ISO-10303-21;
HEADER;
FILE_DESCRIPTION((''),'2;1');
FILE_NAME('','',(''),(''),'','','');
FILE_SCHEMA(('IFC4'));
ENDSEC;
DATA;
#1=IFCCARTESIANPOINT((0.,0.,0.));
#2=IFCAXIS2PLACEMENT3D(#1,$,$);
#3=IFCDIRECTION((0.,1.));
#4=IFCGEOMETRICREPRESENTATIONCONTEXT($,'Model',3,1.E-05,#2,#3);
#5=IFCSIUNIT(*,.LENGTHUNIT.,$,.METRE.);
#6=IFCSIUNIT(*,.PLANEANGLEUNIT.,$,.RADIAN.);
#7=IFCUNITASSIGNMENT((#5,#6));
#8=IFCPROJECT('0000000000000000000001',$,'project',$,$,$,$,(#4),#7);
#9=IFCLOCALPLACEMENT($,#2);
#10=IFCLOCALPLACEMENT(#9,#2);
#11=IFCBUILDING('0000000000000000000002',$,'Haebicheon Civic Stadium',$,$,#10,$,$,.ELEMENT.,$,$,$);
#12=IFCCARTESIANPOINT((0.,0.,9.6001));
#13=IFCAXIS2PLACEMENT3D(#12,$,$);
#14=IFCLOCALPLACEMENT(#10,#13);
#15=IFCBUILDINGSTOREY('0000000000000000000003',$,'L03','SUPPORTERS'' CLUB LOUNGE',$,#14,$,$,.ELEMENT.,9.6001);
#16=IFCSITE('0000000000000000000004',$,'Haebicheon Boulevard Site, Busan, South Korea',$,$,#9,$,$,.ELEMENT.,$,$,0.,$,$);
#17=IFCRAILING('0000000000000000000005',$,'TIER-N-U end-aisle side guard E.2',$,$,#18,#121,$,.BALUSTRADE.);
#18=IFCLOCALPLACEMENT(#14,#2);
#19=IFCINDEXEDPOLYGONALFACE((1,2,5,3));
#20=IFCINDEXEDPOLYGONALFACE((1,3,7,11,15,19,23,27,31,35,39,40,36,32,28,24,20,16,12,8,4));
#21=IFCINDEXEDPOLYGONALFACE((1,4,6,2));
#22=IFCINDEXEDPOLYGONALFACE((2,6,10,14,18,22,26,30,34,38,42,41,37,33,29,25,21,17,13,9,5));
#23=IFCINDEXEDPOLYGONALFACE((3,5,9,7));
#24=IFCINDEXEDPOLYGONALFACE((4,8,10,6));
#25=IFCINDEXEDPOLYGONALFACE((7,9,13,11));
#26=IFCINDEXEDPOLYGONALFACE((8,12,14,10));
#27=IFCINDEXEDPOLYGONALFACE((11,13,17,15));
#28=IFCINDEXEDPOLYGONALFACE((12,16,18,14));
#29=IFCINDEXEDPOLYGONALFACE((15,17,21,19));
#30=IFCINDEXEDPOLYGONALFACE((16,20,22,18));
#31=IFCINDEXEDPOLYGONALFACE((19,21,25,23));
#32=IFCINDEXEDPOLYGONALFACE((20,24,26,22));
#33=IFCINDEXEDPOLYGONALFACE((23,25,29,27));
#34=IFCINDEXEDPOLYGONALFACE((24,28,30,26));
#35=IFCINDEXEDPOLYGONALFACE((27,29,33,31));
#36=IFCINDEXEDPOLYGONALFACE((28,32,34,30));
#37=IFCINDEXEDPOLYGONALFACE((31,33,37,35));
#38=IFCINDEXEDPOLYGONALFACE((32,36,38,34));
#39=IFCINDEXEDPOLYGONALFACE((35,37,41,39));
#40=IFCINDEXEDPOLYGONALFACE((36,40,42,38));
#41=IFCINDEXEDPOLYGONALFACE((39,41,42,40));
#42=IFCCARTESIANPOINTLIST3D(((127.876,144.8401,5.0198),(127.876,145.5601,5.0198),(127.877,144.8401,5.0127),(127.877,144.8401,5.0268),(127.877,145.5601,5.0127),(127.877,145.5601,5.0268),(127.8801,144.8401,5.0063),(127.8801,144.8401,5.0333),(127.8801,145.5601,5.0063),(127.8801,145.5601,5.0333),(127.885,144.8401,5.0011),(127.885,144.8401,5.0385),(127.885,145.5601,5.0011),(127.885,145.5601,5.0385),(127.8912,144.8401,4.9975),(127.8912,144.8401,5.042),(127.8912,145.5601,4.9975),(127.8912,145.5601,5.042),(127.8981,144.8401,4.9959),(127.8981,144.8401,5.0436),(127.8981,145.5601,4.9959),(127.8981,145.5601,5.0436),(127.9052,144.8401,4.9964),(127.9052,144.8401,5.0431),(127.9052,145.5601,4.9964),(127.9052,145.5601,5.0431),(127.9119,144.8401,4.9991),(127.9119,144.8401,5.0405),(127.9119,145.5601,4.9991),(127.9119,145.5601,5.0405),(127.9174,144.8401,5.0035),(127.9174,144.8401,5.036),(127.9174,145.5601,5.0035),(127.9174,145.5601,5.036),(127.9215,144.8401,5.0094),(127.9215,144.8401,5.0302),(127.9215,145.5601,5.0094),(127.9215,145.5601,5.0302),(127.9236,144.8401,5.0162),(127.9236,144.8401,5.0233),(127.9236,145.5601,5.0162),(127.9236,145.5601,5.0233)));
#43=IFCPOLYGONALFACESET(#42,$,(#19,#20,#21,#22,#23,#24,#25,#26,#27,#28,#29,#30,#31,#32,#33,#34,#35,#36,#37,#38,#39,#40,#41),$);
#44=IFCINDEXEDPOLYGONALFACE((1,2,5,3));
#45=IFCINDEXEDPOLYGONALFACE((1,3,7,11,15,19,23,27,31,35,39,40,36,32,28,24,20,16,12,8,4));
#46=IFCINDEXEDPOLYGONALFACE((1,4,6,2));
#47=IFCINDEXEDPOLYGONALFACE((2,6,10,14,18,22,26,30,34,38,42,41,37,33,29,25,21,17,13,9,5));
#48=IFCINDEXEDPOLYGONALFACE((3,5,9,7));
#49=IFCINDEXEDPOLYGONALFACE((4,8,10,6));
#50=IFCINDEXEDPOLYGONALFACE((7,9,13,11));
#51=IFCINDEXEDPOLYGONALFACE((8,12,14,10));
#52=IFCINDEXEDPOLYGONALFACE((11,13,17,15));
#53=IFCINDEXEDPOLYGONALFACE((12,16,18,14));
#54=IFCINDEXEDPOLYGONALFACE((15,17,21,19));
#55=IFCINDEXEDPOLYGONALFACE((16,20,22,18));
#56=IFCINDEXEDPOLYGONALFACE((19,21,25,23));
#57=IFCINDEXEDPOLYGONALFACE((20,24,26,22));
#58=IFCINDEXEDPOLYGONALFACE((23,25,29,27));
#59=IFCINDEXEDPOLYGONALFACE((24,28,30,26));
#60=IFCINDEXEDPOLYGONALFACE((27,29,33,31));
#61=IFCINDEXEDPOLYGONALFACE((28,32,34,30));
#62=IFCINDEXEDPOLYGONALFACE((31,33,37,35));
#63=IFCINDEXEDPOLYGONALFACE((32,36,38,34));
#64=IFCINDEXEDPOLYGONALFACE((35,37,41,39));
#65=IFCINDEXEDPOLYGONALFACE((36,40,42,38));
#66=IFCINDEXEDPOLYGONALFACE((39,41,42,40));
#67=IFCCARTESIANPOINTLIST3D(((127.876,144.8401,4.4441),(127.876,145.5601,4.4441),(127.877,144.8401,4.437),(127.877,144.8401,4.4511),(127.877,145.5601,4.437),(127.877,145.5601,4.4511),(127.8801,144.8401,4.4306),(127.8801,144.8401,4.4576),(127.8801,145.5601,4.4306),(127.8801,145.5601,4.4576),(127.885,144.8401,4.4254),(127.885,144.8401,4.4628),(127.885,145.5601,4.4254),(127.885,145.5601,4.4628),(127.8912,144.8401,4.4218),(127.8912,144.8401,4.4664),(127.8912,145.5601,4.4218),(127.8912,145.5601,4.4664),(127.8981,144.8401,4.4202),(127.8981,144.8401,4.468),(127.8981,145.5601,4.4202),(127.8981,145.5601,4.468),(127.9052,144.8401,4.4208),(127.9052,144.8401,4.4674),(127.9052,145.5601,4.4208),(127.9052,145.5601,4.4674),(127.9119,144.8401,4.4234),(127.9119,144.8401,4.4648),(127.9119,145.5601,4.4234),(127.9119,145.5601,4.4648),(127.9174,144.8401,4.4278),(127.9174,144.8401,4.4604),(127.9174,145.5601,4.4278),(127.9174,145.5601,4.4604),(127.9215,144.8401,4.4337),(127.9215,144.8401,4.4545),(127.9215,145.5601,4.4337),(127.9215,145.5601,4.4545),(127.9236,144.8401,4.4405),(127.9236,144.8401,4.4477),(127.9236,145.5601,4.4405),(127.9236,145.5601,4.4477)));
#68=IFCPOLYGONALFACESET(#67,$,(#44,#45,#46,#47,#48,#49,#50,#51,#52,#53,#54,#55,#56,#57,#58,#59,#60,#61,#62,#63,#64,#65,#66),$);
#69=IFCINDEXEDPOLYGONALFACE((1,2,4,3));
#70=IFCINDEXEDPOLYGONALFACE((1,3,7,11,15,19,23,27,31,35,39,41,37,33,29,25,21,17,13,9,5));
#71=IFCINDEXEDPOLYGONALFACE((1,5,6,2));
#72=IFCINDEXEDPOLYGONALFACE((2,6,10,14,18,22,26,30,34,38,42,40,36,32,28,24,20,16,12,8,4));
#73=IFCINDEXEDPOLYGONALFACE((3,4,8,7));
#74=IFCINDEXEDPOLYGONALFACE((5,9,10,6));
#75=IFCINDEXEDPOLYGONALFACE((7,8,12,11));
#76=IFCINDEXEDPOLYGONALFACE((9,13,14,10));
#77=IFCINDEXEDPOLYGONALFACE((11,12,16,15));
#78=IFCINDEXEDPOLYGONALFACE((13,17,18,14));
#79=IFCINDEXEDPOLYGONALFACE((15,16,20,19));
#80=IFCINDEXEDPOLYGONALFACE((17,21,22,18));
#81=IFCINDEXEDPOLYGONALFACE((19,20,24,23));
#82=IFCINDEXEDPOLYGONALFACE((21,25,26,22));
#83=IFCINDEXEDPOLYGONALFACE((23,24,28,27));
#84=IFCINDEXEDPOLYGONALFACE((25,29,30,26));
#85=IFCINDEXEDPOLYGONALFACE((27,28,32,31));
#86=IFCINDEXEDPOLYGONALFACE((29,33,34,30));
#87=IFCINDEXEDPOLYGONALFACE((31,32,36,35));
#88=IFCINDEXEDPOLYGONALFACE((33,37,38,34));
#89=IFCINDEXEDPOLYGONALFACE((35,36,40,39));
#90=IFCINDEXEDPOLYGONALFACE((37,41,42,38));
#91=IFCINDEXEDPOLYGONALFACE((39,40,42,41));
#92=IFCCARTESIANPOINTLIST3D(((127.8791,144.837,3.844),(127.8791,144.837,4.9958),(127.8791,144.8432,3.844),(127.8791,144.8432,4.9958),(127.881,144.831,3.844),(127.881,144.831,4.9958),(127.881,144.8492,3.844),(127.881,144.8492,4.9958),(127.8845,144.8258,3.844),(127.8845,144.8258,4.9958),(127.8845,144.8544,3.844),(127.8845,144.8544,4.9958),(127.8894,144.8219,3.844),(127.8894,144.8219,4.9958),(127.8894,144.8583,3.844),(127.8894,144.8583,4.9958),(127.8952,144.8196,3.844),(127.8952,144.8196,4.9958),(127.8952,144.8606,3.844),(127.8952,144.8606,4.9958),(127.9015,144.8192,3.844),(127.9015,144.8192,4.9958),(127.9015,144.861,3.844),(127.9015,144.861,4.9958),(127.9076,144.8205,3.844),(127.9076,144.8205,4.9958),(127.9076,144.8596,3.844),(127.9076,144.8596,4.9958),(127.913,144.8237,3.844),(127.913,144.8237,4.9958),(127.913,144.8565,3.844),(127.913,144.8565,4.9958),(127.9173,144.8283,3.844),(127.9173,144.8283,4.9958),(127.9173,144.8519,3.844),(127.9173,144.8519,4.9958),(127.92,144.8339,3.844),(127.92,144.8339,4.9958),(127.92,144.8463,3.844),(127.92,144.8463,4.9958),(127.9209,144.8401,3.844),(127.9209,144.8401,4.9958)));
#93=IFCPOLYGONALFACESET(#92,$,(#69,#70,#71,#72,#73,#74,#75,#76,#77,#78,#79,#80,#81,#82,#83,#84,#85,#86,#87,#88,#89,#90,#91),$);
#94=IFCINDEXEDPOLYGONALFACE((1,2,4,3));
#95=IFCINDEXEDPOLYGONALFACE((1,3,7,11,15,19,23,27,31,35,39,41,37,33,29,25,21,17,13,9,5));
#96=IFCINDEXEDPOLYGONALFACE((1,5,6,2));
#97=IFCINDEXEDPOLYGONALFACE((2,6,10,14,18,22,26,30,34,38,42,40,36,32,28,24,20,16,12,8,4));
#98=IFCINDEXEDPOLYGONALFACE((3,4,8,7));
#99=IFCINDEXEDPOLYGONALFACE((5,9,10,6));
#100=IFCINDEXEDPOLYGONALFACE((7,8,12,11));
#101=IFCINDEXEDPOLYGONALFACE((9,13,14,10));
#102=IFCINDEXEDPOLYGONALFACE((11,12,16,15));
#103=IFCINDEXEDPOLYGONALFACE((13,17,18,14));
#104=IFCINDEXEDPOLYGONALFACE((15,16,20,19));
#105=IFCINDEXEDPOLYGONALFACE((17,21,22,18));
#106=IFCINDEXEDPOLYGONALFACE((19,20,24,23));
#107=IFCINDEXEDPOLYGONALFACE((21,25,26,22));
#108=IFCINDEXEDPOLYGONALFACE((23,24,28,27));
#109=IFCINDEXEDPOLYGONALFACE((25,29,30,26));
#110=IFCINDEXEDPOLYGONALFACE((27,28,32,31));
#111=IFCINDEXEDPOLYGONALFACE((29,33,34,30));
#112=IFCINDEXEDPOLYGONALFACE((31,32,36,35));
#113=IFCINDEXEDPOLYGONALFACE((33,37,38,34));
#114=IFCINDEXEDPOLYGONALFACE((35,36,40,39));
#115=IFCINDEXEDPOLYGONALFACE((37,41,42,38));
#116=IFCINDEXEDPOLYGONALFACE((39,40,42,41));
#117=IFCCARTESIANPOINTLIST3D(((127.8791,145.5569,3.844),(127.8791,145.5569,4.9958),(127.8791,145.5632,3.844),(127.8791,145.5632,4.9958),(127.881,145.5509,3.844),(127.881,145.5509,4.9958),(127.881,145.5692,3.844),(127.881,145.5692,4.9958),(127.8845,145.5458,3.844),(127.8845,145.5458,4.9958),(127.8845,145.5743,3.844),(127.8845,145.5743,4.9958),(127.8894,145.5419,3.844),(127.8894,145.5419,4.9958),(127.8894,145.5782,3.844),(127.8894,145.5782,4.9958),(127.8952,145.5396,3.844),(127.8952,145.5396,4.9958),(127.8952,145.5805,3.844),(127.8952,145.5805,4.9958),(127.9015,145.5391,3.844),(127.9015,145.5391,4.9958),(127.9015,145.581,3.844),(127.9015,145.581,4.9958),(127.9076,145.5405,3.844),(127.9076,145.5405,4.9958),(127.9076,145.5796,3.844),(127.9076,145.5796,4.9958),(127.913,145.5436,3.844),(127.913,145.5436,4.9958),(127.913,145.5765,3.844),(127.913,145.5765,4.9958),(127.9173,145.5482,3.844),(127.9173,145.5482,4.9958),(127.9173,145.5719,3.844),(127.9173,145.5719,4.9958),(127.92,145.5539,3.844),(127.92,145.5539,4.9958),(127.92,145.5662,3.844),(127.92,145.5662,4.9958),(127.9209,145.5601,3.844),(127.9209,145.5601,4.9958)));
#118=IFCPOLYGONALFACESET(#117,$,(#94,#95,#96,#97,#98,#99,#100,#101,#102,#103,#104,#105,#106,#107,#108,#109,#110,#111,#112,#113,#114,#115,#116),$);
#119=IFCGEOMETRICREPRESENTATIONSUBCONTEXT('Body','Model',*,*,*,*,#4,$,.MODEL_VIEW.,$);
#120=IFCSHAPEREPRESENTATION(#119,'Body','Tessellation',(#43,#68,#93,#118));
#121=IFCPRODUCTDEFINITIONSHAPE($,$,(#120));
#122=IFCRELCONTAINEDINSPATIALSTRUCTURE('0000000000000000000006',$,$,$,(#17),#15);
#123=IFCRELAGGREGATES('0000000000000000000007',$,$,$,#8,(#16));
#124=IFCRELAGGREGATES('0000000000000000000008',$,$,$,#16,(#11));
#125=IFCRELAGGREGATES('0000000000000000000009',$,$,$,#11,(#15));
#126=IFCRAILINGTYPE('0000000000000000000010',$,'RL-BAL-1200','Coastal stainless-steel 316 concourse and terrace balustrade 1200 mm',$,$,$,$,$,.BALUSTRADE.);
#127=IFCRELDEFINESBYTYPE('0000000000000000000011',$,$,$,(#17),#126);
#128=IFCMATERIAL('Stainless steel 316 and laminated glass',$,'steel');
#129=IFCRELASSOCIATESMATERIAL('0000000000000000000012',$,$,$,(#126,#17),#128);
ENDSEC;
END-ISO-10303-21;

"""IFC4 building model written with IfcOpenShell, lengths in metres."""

from ifc_helpers import new_model, si_unit, direction, frame, origin, origin_2d, place, context, subcontext, project, spatial, circle, extrude, material, type_object, element, save


model = new_model("IFC4")

# Units and contexts
model_context = context("Model", 3, precision=1e-05, world=origin(), true_north=direction((0.0, 1.0)))
body_context = subcontext(model_context, "Body", "Model", "MODEL_VIEW")
ifc_project = project(units=[si_unit("LENGTHUNIT", "METRE"), si_unit("PLANEANGLEUNIT", "RADIAN")], contexts=[model_context])

# Site, building, storey
site_placement = place(None, origin())
site = spatial("IfcSite", under=ifc_project, at=site_placement, Name="Haebicheon Boulevard Site, Busan, South Korea", CompositionType="ELEMENT", RefElevation=0.0)
building_placement = place(site_placement, origin())
building = spatial("IfcBuilding", under=site, at=building_placement, Name="Haebicheon Civic Stadium", CompositionType="ELEMENT")
storey_placement = place(building_placement, frame((0.0, 0.0, 9.6001)))
storey = spatial("IfcBuildingStorey", under=building, at=storey_placement, Name="L03", Description="SUPPORTERS' CLUB LOUNGE", CompositionType="ELEMENT", Elevation=9.6001)

# Railing
ifc_material_1 = material(Name="Stainless steel 316 and laminated glass", Category="steel")
railing_type = type_object("IfcRailingType", Name="RL-BAL-1200", Description="Coastal stainless-steel 316 concourse and terrace balustrade 1200 mm", PredefinedType="BALUSTRADE", material=ifc_material_1)
for number, where, name in (
    (1, (127.8999, 144.8401, 3.844), "TIER-N-U end-aisle side guard E.2"),
):
    element("IfcRailing", number, at=place(storey_placement, frame(where)), inside=storey, type_object=railing_type, material=ifc_material_1, Name=name, PredefinedType="BALUSTRADE", context=body_context, shape_type="SweptSolid", body=[
        extrude(circle(Radius=0.0239, at=origin_2d()), frame((0.0, 0.0, 1.1758), z_axis=(0.0, 1.0, 0.0), x_axis=(-1.0, 0.0, 0.0)), (0.0, 0.0, 1.0), 0.72),
        extrude(circle(Radius=0.0239, at=origin_2d()), frame((0.0, 0.0, 0.6001), z_axis=(0.0, 1.0, 0.0), x_axis=(-1.0, 0.0, 0.0)), (0.0, 0.0, 1.0), 0.72),
        extrude(circle(Radius=0.021, at=origin_2d()), origin(), (0.0, 0.0, 1.0), 1.1519),
        extrude(circle(Radius=0.021, at=origin_2d()), frame((0.0, 0.72, 0.0)), (0.0, 0.0, 1.0), 1.1519),
    ])

save(model, "model.ifc")
